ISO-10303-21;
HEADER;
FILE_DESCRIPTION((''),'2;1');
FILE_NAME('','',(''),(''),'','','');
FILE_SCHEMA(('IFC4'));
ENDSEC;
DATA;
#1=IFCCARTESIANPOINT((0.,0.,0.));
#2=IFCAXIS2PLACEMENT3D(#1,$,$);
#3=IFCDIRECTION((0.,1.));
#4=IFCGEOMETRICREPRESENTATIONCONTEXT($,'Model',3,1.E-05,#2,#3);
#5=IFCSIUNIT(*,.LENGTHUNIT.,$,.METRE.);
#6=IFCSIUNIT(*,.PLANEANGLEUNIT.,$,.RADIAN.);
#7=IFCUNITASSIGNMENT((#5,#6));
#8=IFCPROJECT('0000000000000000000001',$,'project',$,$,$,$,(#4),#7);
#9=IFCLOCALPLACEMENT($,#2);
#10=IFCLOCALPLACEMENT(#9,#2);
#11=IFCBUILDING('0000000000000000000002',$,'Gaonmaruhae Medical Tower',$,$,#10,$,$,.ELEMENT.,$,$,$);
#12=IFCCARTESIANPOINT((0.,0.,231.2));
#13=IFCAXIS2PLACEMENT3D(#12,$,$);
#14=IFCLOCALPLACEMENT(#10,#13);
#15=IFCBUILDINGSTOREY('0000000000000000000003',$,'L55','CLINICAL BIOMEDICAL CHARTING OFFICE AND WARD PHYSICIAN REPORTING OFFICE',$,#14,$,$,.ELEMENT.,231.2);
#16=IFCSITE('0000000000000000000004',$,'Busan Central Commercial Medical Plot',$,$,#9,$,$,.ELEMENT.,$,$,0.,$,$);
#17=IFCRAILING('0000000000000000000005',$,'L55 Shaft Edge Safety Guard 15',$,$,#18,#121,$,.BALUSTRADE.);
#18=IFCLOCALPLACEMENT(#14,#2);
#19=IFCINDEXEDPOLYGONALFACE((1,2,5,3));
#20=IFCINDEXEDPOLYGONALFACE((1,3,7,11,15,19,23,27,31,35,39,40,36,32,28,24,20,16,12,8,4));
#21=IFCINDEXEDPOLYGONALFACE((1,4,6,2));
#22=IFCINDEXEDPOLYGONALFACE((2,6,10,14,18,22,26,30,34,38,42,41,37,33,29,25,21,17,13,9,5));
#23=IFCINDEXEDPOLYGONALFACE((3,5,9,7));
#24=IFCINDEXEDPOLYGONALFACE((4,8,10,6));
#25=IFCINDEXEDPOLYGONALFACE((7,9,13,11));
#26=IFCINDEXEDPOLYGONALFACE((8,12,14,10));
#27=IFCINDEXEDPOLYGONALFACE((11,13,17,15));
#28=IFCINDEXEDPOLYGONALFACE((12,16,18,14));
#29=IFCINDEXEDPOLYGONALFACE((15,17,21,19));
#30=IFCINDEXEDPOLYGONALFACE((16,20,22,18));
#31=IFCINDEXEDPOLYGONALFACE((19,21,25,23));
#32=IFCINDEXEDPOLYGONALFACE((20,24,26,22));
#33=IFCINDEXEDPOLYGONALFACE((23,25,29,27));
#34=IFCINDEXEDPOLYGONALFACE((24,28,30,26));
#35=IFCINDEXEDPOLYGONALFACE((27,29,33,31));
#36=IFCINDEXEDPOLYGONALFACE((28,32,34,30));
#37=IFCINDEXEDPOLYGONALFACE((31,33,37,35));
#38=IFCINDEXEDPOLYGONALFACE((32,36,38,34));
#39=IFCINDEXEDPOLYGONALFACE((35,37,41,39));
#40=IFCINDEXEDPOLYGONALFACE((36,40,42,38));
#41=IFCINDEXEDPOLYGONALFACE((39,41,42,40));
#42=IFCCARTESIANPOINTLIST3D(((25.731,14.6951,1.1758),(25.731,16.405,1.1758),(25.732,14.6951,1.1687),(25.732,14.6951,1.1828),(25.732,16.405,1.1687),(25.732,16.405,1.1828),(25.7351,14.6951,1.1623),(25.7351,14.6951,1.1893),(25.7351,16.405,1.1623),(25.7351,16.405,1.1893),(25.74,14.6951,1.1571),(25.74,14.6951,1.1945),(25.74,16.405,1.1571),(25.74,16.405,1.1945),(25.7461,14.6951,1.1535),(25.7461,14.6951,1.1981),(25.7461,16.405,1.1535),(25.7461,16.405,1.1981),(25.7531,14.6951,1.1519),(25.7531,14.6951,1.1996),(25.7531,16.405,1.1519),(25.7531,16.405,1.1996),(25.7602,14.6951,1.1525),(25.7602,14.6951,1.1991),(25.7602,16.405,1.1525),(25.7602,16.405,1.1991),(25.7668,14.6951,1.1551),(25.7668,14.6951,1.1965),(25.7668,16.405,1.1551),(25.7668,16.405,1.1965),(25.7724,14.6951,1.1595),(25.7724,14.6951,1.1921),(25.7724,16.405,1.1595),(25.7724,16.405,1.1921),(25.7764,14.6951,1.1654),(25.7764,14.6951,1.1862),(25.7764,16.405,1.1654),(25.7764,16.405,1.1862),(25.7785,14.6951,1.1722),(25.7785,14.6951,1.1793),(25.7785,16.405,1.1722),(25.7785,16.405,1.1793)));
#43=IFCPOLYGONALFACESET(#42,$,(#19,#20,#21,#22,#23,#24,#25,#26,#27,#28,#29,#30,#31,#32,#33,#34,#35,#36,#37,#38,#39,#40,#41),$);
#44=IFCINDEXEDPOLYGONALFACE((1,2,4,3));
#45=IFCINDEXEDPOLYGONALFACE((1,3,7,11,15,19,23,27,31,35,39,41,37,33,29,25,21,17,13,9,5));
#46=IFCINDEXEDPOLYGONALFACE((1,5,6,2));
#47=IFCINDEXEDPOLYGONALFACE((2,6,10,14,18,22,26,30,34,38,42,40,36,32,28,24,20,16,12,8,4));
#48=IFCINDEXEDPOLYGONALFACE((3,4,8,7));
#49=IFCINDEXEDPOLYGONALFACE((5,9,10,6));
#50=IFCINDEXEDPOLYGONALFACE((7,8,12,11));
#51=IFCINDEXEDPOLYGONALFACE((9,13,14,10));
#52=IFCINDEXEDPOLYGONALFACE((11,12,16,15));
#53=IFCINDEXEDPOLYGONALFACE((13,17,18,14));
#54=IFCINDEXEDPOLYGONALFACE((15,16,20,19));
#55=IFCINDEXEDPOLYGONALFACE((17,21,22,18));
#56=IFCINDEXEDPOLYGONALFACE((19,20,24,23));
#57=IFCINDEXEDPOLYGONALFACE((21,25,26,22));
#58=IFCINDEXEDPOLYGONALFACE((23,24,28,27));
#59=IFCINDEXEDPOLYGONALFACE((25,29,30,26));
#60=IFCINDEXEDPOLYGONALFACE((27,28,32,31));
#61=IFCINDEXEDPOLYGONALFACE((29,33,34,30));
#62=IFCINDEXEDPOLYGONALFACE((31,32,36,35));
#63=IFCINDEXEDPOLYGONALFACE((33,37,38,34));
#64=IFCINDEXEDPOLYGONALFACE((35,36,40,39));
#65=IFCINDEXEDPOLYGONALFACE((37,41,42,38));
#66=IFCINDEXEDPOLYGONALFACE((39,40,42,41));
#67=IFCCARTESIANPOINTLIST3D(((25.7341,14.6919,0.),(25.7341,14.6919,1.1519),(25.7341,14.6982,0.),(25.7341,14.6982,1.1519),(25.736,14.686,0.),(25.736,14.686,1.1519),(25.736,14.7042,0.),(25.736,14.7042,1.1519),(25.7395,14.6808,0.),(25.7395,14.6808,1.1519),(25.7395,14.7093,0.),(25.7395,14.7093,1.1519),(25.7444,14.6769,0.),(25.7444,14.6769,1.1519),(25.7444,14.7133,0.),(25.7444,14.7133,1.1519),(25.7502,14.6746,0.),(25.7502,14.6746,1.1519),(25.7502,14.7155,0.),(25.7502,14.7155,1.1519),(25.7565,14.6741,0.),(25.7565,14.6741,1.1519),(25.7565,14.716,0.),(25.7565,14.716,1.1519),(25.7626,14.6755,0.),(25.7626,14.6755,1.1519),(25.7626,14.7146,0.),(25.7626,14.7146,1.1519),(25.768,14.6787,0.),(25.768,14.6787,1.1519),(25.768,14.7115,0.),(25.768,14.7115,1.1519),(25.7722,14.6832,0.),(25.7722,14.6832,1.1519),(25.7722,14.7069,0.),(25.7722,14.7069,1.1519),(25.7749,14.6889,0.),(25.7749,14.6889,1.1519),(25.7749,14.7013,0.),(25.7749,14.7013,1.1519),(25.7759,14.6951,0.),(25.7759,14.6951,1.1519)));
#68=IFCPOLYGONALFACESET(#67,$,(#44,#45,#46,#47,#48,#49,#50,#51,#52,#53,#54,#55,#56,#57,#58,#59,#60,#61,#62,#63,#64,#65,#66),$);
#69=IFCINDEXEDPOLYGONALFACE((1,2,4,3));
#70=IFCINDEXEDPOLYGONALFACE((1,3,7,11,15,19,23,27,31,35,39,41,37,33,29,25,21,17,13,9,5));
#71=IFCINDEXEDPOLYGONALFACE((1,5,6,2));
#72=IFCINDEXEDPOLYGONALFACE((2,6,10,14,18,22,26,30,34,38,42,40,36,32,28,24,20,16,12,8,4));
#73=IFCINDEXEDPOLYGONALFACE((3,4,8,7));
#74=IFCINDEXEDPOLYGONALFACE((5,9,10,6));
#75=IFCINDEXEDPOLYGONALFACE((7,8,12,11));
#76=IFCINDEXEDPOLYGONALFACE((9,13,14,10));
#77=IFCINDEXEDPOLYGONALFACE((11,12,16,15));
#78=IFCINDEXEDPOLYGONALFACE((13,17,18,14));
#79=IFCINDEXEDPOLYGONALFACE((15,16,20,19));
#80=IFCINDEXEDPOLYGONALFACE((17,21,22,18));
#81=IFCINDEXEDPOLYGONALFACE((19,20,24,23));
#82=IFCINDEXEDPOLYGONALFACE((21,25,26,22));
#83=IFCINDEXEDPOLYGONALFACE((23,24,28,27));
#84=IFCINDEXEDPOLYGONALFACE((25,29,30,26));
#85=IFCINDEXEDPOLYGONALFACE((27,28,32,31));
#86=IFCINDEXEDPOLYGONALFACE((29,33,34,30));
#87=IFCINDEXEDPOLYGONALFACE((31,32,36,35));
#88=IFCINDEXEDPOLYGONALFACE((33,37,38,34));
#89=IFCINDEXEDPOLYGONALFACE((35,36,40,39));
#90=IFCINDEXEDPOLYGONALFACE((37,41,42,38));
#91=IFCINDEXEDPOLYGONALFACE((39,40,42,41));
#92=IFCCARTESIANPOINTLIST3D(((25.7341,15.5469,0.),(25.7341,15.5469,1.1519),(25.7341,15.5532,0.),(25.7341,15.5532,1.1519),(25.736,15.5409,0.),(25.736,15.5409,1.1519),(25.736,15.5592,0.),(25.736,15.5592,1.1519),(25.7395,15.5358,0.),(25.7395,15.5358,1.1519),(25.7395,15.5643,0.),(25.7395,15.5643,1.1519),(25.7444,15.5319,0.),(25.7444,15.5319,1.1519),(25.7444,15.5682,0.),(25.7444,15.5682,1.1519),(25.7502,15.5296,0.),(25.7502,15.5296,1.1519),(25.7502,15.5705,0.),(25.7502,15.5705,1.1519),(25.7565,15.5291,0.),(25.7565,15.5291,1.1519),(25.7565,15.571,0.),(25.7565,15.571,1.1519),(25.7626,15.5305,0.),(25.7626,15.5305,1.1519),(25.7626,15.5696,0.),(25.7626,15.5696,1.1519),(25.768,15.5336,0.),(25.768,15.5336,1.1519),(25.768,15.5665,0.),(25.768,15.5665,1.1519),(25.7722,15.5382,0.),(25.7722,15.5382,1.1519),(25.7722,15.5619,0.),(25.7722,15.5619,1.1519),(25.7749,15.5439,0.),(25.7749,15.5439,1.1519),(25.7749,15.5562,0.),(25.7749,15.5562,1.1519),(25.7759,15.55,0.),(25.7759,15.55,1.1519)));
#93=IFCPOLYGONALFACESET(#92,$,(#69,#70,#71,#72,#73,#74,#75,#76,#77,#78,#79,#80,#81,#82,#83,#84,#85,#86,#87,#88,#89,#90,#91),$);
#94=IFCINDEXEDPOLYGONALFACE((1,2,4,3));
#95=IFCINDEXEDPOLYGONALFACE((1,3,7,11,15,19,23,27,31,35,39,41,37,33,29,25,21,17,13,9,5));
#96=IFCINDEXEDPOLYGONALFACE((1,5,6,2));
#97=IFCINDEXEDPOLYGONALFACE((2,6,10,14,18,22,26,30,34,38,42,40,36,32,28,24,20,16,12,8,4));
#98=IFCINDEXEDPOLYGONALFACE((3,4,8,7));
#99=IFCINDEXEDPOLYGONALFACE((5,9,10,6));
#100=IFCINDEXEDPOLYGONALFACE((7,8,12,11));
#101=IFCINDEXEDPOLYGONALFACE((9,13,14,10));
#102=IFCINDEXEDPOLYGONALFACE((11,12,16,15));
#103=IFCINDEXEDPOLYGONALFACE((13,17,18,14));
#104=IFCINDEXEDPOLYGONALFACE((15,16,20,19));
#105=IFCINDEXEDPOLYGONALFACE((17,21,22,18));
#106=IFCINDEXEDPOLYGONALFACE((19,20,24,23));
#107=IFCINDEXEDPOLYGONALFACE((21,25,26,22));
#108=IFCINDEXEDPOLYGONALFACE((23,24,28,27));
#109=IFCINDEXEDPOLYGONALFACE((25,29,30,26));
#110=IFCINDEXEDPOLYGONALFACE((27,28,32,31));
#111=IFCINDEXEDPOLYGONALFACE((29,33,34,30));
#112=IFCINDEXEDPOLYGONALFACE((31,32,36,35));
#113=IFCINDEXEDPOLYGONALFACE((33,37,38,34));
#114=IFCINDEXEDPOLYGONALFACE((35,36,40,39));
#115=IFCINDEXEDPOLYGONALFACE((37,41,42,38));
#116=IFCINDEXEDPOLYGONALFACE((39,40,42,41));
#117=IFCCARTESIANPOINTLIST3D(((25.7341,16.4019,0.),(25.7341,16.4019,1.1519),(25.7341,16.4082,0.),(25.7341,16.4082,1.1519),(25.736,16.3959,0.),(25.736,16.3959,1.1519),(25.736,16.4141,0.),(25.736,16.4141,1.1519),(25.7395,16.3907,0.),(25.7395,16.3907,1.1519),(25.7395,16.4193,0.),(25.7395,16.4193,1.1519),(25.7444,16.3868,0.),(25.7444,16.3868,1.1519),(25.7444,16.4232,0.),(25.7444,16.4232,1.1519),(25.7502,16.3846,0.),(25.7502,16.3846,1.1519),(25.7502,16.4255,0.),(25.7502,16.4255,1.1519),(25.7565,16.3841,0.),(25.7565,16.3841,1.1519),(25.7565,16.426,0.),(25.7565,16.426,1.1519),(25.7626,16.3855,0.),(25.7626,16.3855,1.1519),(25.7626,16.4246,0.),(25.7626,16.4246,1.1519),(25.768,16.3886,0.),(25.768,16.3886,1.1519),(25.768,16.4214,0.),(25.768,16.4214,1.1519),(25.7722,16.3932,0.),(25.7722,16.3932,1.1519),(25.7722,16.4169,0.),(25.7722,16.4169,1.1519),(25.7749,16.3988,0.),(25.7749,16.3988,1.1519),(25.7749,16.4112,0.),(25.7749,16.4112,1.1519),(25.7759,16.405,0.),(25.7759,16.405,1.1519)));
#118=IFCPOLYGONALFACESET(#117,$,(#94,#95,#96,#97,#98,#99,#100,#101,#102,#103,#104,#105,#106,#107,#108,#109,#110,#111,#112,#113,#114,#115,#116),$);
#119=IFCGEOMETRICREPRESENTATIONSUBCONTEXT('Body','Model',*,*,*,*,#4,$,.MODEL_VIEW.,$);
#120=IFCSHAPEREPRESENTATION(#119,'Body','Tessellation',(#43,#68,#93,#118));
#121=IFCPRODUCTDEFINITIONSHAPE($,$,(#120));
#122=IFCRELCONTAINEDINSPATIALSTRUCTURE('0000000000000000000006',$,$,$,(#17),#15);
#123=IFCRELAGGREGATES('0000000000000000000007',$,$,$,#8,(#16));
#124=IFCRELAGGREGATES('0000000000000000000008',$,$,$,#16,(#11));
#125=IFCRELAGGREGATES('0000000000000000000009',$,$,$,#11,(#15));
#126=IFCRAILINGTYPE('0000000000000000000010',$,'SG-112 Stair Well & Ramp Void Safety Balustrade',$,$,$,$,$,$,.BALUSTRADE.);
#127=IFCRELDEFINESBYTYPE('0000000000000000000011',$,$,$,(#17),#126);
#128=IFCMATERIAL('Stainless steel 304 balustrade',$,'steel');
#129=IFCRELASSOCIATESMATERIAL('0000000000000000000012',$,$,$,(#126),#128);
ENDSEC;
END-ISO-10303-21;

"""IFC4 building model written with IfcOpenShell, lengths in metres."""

from ifc_helpers import new_model, si_unit, direction, frame, origin, origin_2d, place, context, subcontext, project, spatial, circle, extrude, material, type_object, element, save


model = new_model("IFC4")

# Units and contexts
model_context = context("Model", 3, precision=1e-05, world=origin(), true_north=direction((0.0, 1.0)))
body_context = subcontext(model_context, "Body", "Model", "MODEL_VIEW")
ifc_project = project(units=[si_unit("LENGTHUNIT", "METRE"), si_unit("PLANEANGLEUNIT", "RADIAN")], contexts=[model_context])

# Site, building, storey
site_placement = place(None, origin())
site = spatial("IfcSite", under=ifc_project, at=site_placement, Name="Busan Central Commercial Medical Plot", CompositionType="ELEMENT", RefElevation=0.0)
building_placement = place(site_placement, origin())
building = spatial("IfcBuilding", under=site, at=building_placement, Name="Gaonmaruhae Medical Tower", CompositionType="ELEMENT")
storey_placement = place(building_placement, frame((0.0, 0.0, 231.2)))
storey = spatial("IfcBuildingStorey", under=building, at=storey_placement, Name="L55", Description="CLINICAL BIOMEDICAL CHARTING OFFICE AND WARD PHYSICIAN REPORTING OFFICE", CompositionType="ELEMENT", Elevation=231.2)

# Railing
ifc_material_1 = material(Name="Stainless steel 304 balustrade", Category="steel")
railing_type_1 = type_object("IfcRailingType", Name="SG-112 Stair Well & Ramp Void Safety Balustrade", PredefinedType="BALUSTRADE", material=ifc_material_1)
railing_1_placement = place(storey_placement, frame((25.7549, 14.6951, 0.0)))
element("IfcRailing", 1, at=railing_1_placement, inside=storey, type_object=railing_type_1, Name="L55 Shaft Edge Safety Guard 15", PredefinedType="BALUSTRADE", context=body_context, shape_type="SweptSolid", body=[
    extrude(circle(Radius=0.0239, at=origin_2d()), frame((0.0, 0.0, 1.1758), z_axis=(0.0, 1.0, 0.0), x_axis=(-1.0, 0.0, 0.0)), (0.0, 0.0, 1.0), 1.71),
    extrude(circle(Radius=0.021, at=origin_2d()), origin(), (0.0, 0.0, 1.0), 1.1519),
    extrude(circle(Radius=0.021, at=origin_2d()), frame((0.0, 0.855, 0.0)), (0.0, 0.0, 1.0), 1.1519),
    extrude(circle(Radius=0.021, at=origin_2d()), frame((0.0, 1.71, 0.0)), (0.0, 0.0, 1.0), 1.1519),
])

save(model, "model.ifc")
